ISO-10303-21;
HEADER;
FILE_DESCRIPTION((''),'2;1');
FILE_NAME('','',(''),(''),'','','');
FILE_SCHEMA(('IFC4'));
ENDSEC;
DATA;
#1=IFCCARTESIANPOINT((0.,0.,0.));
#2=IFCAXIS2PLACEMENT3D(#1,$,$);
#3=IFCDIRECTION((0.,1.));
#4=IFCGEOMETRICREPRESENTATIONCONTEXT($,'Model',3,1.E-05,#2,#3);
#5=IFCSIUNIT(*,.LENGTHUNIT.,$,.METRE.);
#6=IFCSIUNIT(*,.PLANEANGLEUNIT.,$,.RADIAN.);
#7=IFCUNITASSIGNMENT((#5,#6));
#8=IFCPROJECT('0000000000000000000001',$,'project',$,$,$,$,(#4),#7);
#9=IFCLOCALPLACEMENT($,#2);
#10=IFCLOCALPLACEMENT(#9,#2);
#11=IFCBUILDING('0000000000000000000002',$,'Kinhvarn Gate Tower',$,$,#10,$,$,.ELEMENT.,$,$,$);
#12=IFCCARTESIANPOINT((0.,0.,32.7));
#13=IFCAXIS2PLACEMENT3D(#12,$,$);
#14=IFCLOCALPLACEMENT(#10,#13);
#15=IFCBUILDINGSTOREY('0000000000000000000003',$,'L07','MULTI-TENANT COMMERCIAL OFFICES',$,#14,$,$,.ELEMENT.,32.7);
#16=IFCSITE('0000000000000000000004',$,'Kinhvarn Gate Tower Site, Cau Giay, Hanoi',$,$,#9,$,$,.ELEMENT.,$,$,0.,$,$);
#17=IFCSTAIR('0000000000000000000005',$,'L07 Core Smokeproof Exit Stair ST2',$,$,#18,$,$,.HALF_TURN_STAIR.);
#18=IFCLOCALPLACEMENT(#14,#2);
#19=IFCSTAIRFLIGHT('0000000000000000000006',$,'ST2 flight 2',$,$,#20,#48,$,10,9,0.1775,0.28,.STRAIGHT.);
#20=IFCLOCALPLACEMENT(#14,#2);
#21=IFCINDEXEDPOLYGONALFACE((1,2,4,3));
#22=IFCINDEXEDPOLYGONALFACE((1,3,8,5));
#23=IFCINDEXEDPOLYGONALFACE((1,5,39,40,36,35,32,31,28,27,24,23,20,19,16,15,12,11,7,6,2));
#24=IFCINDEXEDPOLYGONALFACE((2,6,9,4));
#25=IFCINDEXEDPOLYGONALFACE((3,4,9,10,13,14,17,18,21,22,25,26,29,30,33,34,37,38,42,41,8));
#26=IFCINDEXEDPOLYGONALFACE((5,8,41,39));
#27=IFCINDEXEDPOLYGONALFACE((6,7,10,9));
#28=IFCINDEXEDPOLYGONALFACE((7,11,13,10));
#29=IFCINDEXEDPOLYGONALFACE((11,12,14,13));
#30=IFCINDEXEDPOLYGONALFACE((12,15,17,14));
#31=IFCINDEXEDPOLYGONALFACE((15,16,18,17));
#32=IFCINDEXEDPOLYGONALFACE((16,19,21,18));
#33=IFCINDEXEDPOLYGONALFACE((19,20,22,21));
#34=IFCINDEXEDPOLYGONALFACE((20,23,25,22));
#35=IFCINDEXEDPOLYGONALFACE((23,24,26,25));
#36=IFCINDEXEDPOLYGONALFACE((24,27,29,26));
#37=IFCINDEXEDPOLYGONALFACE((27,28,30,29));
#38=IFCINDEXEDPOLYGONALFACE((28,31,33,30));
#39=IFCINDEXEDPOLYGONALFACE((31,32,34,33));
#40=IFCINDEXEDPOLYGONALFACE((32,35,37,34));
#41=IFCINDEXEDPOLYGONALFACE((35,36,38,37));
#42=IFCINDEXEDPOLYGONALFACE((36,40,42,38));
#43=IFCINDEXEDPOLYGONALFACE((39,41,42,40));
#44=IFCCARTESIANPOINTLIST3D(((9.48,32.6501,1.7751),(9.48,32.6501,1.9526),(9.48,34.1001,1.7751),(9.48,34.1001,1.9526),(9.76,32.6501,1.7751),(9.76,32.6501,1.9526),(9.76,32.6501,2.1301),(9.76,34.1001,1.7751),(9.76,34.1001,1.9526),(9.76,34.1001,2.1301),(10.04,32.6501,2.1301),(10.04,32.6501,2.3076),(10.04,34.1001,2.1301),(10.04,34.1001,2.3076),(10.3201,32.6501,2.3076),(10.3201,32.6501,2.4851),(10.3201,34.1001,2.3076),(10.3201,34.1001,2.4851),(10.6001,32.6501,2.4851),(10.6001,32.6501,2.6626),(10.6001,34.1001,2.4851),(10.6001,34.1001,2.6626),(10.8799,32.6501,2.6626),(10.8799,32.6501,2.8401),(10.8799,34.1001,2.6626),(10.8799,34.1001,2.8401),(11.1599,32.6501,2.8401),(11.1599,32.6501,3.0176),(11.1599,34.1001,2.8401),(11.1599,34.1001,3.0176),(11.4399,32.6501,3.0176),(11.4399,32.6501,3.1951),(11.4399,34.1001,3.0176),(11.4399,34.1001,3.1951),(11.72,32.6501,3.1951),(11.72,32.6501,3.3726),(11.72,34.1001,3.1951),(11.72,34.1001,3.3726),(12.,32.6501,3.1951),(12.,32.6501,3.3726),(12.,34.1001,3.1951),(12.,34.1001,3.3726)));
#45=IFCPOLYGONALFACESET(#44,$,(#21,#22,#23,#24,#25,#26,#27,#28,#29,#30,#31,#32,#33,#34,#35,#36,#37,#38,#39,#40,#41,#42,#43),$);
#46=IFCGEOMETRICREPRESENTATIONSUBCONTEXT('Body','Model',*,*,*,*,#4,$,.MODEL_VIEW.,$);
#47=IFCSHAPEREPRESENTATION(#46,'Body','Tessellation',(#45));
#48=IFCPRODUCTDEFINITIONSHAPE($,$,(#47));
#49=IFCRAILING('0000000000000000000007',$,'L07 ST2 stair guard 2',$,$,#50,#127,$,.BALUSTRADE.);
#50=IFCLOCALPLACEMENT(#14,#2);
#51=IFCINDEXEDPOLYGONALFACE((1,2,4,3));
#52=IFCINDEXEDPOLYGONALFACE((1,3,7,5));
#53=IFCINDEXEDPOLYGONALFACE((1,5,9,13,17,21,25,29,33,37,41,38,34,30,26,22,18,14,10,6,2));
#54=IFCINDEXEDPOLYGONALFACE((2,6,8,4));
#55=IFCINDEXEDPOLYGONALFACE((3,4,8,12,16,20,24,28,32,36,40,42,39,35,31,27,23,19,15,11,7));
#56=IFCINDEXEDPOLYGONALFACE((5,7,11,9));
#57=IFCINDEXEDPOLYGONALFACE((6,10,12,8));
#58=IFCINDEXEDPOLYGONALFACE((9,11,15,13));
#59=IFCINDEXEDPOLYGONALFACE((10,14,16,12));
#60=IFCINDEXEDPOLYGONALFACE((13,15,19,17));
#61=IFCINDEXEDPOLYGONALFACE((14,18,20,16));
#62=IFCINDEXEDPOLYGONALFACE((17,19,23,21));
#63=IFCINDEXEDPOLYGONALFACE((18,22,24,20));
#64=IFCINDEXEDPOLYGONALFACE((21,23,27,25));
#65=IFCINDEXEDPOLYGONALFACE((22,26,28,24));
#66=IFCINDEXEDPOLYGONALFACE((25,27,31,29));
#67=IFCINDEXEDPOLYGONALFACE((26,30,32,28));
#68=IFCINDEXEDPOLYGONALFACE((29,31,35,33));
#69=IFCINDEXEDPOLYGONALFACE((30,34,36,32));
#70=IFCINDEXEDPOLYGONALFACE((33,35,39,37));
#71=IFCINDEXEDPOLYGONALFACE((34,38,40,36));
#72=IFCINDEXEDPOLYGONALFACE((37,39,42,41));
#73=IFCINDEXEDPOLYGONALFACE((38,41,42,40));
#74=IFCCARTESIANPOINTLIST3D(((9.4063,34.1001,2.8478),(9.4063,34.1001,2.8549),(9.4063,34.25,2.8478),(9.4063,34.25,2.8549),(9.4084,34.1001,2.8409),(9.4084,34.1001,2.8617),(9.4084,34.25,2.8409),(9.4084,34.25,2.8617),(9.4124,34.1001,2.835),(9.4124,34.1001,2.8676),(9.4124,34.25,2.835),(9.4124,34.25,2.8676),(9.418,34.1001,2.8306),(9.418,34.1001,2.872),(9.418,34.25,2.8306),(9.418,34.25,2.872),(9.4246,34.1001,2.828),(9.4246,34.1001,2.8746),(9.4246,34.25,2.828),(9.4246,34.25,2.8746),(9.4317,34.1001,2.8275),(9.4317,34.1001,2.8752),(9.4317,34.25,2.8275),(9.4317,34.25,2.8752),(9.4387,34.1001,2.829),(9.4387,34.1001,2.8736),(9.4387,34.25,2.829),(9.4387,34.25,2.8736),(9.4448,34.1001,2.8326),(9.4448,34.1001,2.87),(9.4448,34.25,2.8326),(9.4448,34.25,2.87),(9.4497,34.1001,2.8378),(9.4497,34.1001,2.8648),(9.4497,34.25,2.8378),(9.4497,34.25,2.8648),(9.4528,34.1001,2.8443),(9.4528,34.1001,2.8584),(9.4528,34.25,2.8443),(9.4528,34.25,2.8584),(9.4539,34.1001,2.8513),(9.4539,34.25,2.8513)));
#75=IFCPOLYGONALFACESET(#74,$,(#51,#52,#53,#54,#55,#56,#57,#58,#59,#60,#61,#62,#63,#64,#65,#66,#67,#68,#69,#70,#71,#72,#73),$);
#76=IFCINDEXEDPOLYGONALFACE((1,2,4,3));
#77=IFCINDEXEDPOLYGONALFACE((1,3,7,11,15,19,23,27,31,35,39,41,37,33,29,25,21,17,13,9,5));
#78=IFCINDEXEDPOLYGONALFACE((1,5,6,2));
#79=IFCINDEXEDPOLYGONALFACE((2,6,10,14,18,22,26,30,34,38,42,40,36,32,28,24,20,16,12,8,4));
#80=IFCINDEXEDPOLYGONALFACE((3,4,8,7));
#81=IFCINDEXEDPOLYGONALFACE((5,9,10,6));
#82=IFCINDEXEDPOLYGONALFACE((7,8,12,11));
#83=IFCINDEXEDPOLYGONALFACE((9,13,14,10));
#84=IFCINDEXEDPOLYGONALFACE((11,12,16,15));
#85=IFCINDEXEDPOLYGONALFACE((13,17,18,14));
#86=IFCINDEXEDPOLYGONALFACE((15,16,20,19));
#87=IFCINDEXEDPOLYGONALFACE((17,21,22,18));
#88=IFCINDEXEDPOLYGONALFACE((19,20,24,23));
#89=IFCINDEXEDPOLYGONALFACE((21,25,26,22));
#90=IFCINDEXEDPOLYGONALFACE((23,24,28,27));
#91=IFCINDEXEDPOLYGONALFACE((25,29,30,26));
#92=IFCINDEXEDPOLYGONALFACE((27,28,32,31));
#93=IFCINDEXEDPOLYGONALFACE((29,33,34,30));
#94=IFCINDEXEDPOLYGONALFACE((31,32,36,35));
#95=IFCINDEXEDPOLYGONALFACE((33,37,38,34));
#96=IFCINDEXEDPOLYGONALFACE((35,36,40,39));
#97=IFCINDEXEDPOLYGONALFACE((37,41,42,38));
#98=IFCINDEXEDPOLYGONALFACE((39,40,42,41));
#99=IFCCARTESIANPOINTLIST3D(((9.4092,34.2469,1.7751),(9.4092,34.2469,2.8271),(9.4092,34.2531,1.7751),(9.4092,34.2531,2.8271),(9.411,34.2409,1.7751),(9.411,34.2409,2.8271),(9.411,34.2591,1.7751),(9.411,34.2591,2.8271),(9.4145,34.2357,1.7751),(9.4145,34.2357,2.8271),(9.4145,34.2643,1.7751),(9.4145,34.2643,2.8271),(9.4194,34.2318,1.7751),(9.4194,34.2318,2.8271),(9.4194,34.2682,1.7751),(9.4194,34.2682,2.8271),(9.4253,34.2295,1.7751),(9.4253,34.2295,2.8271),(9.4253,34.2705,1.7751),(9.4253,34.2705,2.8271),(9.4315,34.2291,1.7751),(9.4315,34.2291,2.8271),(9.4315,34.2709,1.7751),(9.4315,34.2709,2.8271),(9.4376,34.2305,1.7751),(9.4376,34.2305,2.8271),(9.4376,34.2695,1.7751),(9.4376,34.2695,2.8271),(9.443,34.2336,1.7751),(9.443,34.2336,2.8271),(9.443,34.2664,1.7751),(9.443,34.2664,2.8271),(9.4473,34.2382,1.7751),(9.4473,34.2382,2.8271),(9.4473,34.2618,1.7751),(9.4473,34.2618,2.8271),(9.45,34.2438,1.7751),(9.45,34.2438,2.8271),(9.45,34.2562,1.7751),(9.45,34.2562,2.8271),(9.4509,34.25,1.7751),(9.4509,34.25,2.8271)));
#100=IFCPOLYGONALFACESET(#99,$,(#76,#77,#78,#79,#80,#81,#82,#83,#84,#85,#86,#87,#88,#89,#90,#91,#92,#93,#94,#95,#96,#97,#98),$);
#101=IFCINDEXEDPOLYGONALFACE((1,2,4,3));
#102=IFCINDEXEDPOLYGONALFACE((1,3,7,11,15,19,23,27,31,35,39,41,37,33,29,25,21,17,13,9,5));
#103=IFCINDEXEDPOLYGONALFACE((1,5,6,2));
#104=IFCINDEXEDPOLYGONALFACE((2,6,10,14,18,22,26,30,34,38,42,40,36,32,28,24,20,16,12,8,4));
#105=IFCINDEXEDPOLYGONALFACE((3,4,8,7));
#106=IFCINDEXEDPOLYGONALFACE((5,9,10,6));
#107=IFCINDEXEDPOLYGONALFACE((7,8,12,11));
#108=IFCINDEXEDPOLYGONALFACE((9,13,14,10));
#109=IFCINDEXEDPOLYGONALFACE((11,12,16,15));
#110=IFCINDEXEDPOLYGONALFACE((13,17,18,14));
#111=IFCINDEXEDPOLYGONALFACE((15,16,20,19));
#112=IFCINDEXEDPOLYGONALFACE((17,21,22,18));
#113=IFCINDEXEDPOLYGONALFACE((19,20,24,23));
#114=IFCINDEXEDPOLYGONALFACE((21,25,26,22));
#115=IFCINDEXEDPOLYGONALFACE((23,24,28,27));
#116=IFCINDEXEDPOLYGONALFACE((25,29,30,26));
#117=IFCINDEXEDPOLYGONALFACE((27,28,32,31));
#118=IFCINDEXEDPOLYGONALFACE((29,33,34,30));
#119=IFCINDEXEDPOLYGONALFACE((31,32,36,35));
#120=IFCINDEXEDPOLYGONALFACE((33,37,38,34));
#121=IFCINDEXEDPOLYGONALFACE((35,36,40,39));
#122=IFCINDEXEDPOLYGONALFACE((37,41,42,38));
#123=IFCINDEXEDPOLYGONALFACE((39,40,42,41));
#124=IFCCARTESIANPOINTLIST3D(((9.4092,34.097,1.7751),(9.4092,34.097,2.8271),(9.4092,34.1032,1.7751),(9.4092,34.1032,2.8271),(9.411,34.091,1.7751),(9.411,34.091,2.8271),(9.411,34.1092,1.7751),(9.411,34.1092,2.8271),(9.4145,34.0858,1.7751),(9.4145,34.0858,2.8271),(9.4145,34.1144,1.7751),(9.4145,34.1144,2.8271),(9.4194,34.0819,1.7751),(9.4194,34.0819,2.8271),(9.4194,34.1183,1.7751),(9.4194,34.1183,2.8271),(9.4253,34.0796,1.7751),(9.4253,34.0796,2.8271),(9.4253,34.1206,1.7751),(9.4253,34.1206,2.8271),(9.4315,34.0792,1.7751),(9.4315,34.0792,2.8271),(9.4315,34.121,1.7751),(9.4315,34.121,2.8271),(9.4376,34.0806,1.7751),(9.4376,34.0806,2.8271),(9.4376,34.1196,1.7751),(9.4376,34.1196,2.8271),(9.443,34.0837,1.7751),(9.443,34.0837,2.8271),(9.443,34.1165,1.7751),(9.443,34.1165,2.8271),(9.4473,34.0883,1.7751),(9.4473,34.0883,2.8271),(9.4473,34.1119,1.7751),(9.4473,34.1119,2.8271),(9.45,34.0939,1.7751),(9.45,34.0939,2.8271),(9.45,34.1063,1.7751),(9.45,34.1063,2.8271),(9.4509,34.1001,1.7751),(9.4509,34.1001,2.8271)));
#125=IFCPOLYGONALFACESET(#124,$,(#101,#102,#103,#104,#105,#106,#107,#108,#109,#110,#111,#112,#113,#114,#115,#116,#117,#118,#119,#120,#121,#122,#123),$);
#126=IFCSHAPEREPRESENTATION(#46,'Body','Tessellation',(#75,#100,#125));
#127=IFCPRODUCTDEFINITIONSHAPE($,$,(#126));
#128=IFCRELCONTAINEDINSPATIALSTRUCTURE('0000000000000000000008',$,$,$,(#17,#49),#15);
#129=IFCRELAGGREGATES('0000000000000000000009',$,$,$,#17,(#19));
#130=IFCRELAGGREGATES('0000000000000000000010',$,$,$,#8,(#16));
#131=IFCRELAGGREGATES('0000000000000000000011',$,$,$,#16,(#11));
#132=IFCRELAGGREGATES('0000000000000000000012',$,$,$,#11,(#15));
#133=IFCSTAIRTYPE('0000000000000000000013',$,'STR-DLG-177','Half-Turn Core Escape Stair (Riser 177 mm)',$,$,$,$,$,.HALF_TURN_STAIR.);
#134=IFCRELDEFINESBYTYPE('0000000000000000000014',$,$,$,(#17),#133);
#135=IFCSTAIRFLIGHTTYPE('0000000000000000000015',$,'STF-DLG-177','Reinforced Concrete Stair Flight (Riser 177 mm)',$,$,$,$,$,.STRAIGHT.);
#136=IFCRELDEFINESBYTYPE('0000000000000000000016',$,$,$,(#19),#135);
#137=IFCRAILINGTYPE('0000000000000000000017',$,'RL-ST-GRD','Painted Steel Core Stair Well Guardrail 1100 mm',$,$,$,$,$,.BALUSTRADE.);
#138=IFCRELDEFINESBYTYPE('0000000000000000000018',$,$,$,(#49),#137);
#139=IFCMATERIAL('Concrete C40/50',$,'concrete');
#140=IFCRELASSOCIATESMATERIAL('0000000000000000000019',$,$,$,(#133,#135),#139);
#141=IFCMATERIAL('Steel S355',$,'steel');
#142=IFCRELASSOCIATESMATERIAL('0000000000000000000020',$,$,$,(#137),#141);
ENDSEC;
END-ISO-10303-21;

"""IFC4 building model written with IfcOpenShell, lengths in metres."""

from ifc_helpers import new_model, si_unit, direction, frame, origin, origin_2d, place, context, subcontext, project, spatial, polyline, circle, outline, extrude, material, type_object, element, aggregate, save


model = new_model("IFC4")

# Units and contexts
model_context = context("Model", 3, precision=1e-05, world=origin(), true_north=direction((0.0, 1.0)))
body_context = subcontext(model_context, "Body", "Model", "MODEL_VIEW")
ifc_project = project(units=[si_unit("LENGTHUNIT", "METRE"), si_unit("PLANEANGLEUNIT", "RADIAN")], contexts=[model_context])

# Site, building, storey
site_placement = place(None, origin())
site = spatial("IfcSite", under=ifc_project, at=site_placement, Name="Kinhvarn Gate Tower Site, Cau Giay, Hanoi", CompositionType="ELEMENT", RefElevation=0.0)
building_placement = place(site_placement, origin())
building = spatial("IfcBuilding", under=site, at=building_placement, Name="Kinhvarn Gate Tower", CompositionType="ELEMENT")
storey_placement = place(building_placement, frame((0.0, 0.0, 32.7)))
storey = spatial("IfcBuildingStorey", under=building, at=storey_placement, Name="L07", Description="MULTI-TENANT COMMERCIAL OFFICES", CompositionType="ELEMENT", Elevation=32.7)

# Shared definitions
ifc_material_1 = material(Name="Steel S355", Category="steel")

# Shared definitions
ifc_material_2 = material(Name="Concrete C40/50", Category="concrete")

# Stair, stair flight
stair_type = type_object("IfcStairType", Name="STR-DLG-177", Description="Half-Turn Core Escape Stair (Riser 177 mm)", PredefinedType="HALF_TURN_STAIR", material=ifc_material_2)
stair_placement = place(storey_placement, origin())
stair = element("IfcStair", 1, at=stair_placement, inside=storey, type_object=stair_type, Name="L07 Core Smokeproof Exit Stair ST2", PredefinedType="HALF_TURN_STAIR")
stair_flight_type = type_object("IfcStairFlightType", Name="STF-DLG-177", Description="Reinforced Concrete Stair Flight (Riser 177 mm)", PredefinedType="STRAIGHT", material=ifc_material_2)
stair_flight_placement = place(storey_placement, frame((9.48, 33.375, 1.7751), z_axis=(0.0, 0.0, 1.0), x_axis=(1.0, 0.0, 0.0)))
stair_flight = element("IfcStairFlight", 2, at=stair_flight_placement, type_object=stair_flight_type, Name="ST2 flight 2", NumberOfRisers=10, NumberOfTreads=9, PredefinedType="STRAIGHT", RiserHeight=0.1775, TreadLength=0.28, context=body_context, shape_type="SweptSolid", body=[
    extrude(outline(polyline([(0.0, 0.0), (0.0, 0.1775), (0.28, 0.1775), (0.28, 0.355), (0.5601, 0.355), (0.5601, 0.5325), (0.8401, 0.5325), (0.8401, 0.71), (1.1201, 0.71), (1.1201, 0.8875), (1.3999, 0.8875), (1.3999, 1.0649), (1.6799, 1.0649), (1.6799, 1.2424), (1.96, 1.2424), (1.96, 1.4199), (2.24, 1.4199), (2.24, 1.5974), (2.52, 1.5974), (2.52, 1.7749), (2.52, 1.4199), (0.28, 0.0), (0.0, 0.0)])), frame((0.0, 0.7251, 0.0), z_axis=(0.0, -1.0, 0.0), x_axis=(1.0, 0.0, 0.0)), (0.0, 0.0, 1.0), 1.45),
])
aggregate(stair, [stair_flight])

# Railing
railing_type_1 = type_object("IfcRailingType", Name="RL-ST-GRD", Description="Painted Steel Core Stair Well Guardrail 1100 mm", PredefinedType="BALUSTRADE", material=ifc_material_1)
railing_1_placement = place(storey_placement, frame((9.4299, 34.25, 1.7751)))
element("IfcRailing", 3, at=railing_1_placement, inside=storey, type_object=railing_type_1, Name="L07 ST2 stair guard 2", PredefinedType="BALUSTRADE", context=body_context, shape_type="SweptSolid", body=[
    extrude(circle(Radius=0.0239, at=origin_2d()), frame((0.0, 0.0, 1.0762), z_axis=(0.0, -1.0, 0.0), x_axis=(1.0, 0.0, 0.0)), (0.0, 0.0, 1.0), 0.1499),
    extrude(circle(Radius=0.021, at=origin_2d()), origin(), (0.0, 0.0, 1.0), 1.052),
    extrude(circle(Radius=0.021, at=origin_2d()), frame((0.0, -0.1499, 0.0)), (0.0, 0.0, 1.0), 1.052),
])

save(model, "model.ifc")
